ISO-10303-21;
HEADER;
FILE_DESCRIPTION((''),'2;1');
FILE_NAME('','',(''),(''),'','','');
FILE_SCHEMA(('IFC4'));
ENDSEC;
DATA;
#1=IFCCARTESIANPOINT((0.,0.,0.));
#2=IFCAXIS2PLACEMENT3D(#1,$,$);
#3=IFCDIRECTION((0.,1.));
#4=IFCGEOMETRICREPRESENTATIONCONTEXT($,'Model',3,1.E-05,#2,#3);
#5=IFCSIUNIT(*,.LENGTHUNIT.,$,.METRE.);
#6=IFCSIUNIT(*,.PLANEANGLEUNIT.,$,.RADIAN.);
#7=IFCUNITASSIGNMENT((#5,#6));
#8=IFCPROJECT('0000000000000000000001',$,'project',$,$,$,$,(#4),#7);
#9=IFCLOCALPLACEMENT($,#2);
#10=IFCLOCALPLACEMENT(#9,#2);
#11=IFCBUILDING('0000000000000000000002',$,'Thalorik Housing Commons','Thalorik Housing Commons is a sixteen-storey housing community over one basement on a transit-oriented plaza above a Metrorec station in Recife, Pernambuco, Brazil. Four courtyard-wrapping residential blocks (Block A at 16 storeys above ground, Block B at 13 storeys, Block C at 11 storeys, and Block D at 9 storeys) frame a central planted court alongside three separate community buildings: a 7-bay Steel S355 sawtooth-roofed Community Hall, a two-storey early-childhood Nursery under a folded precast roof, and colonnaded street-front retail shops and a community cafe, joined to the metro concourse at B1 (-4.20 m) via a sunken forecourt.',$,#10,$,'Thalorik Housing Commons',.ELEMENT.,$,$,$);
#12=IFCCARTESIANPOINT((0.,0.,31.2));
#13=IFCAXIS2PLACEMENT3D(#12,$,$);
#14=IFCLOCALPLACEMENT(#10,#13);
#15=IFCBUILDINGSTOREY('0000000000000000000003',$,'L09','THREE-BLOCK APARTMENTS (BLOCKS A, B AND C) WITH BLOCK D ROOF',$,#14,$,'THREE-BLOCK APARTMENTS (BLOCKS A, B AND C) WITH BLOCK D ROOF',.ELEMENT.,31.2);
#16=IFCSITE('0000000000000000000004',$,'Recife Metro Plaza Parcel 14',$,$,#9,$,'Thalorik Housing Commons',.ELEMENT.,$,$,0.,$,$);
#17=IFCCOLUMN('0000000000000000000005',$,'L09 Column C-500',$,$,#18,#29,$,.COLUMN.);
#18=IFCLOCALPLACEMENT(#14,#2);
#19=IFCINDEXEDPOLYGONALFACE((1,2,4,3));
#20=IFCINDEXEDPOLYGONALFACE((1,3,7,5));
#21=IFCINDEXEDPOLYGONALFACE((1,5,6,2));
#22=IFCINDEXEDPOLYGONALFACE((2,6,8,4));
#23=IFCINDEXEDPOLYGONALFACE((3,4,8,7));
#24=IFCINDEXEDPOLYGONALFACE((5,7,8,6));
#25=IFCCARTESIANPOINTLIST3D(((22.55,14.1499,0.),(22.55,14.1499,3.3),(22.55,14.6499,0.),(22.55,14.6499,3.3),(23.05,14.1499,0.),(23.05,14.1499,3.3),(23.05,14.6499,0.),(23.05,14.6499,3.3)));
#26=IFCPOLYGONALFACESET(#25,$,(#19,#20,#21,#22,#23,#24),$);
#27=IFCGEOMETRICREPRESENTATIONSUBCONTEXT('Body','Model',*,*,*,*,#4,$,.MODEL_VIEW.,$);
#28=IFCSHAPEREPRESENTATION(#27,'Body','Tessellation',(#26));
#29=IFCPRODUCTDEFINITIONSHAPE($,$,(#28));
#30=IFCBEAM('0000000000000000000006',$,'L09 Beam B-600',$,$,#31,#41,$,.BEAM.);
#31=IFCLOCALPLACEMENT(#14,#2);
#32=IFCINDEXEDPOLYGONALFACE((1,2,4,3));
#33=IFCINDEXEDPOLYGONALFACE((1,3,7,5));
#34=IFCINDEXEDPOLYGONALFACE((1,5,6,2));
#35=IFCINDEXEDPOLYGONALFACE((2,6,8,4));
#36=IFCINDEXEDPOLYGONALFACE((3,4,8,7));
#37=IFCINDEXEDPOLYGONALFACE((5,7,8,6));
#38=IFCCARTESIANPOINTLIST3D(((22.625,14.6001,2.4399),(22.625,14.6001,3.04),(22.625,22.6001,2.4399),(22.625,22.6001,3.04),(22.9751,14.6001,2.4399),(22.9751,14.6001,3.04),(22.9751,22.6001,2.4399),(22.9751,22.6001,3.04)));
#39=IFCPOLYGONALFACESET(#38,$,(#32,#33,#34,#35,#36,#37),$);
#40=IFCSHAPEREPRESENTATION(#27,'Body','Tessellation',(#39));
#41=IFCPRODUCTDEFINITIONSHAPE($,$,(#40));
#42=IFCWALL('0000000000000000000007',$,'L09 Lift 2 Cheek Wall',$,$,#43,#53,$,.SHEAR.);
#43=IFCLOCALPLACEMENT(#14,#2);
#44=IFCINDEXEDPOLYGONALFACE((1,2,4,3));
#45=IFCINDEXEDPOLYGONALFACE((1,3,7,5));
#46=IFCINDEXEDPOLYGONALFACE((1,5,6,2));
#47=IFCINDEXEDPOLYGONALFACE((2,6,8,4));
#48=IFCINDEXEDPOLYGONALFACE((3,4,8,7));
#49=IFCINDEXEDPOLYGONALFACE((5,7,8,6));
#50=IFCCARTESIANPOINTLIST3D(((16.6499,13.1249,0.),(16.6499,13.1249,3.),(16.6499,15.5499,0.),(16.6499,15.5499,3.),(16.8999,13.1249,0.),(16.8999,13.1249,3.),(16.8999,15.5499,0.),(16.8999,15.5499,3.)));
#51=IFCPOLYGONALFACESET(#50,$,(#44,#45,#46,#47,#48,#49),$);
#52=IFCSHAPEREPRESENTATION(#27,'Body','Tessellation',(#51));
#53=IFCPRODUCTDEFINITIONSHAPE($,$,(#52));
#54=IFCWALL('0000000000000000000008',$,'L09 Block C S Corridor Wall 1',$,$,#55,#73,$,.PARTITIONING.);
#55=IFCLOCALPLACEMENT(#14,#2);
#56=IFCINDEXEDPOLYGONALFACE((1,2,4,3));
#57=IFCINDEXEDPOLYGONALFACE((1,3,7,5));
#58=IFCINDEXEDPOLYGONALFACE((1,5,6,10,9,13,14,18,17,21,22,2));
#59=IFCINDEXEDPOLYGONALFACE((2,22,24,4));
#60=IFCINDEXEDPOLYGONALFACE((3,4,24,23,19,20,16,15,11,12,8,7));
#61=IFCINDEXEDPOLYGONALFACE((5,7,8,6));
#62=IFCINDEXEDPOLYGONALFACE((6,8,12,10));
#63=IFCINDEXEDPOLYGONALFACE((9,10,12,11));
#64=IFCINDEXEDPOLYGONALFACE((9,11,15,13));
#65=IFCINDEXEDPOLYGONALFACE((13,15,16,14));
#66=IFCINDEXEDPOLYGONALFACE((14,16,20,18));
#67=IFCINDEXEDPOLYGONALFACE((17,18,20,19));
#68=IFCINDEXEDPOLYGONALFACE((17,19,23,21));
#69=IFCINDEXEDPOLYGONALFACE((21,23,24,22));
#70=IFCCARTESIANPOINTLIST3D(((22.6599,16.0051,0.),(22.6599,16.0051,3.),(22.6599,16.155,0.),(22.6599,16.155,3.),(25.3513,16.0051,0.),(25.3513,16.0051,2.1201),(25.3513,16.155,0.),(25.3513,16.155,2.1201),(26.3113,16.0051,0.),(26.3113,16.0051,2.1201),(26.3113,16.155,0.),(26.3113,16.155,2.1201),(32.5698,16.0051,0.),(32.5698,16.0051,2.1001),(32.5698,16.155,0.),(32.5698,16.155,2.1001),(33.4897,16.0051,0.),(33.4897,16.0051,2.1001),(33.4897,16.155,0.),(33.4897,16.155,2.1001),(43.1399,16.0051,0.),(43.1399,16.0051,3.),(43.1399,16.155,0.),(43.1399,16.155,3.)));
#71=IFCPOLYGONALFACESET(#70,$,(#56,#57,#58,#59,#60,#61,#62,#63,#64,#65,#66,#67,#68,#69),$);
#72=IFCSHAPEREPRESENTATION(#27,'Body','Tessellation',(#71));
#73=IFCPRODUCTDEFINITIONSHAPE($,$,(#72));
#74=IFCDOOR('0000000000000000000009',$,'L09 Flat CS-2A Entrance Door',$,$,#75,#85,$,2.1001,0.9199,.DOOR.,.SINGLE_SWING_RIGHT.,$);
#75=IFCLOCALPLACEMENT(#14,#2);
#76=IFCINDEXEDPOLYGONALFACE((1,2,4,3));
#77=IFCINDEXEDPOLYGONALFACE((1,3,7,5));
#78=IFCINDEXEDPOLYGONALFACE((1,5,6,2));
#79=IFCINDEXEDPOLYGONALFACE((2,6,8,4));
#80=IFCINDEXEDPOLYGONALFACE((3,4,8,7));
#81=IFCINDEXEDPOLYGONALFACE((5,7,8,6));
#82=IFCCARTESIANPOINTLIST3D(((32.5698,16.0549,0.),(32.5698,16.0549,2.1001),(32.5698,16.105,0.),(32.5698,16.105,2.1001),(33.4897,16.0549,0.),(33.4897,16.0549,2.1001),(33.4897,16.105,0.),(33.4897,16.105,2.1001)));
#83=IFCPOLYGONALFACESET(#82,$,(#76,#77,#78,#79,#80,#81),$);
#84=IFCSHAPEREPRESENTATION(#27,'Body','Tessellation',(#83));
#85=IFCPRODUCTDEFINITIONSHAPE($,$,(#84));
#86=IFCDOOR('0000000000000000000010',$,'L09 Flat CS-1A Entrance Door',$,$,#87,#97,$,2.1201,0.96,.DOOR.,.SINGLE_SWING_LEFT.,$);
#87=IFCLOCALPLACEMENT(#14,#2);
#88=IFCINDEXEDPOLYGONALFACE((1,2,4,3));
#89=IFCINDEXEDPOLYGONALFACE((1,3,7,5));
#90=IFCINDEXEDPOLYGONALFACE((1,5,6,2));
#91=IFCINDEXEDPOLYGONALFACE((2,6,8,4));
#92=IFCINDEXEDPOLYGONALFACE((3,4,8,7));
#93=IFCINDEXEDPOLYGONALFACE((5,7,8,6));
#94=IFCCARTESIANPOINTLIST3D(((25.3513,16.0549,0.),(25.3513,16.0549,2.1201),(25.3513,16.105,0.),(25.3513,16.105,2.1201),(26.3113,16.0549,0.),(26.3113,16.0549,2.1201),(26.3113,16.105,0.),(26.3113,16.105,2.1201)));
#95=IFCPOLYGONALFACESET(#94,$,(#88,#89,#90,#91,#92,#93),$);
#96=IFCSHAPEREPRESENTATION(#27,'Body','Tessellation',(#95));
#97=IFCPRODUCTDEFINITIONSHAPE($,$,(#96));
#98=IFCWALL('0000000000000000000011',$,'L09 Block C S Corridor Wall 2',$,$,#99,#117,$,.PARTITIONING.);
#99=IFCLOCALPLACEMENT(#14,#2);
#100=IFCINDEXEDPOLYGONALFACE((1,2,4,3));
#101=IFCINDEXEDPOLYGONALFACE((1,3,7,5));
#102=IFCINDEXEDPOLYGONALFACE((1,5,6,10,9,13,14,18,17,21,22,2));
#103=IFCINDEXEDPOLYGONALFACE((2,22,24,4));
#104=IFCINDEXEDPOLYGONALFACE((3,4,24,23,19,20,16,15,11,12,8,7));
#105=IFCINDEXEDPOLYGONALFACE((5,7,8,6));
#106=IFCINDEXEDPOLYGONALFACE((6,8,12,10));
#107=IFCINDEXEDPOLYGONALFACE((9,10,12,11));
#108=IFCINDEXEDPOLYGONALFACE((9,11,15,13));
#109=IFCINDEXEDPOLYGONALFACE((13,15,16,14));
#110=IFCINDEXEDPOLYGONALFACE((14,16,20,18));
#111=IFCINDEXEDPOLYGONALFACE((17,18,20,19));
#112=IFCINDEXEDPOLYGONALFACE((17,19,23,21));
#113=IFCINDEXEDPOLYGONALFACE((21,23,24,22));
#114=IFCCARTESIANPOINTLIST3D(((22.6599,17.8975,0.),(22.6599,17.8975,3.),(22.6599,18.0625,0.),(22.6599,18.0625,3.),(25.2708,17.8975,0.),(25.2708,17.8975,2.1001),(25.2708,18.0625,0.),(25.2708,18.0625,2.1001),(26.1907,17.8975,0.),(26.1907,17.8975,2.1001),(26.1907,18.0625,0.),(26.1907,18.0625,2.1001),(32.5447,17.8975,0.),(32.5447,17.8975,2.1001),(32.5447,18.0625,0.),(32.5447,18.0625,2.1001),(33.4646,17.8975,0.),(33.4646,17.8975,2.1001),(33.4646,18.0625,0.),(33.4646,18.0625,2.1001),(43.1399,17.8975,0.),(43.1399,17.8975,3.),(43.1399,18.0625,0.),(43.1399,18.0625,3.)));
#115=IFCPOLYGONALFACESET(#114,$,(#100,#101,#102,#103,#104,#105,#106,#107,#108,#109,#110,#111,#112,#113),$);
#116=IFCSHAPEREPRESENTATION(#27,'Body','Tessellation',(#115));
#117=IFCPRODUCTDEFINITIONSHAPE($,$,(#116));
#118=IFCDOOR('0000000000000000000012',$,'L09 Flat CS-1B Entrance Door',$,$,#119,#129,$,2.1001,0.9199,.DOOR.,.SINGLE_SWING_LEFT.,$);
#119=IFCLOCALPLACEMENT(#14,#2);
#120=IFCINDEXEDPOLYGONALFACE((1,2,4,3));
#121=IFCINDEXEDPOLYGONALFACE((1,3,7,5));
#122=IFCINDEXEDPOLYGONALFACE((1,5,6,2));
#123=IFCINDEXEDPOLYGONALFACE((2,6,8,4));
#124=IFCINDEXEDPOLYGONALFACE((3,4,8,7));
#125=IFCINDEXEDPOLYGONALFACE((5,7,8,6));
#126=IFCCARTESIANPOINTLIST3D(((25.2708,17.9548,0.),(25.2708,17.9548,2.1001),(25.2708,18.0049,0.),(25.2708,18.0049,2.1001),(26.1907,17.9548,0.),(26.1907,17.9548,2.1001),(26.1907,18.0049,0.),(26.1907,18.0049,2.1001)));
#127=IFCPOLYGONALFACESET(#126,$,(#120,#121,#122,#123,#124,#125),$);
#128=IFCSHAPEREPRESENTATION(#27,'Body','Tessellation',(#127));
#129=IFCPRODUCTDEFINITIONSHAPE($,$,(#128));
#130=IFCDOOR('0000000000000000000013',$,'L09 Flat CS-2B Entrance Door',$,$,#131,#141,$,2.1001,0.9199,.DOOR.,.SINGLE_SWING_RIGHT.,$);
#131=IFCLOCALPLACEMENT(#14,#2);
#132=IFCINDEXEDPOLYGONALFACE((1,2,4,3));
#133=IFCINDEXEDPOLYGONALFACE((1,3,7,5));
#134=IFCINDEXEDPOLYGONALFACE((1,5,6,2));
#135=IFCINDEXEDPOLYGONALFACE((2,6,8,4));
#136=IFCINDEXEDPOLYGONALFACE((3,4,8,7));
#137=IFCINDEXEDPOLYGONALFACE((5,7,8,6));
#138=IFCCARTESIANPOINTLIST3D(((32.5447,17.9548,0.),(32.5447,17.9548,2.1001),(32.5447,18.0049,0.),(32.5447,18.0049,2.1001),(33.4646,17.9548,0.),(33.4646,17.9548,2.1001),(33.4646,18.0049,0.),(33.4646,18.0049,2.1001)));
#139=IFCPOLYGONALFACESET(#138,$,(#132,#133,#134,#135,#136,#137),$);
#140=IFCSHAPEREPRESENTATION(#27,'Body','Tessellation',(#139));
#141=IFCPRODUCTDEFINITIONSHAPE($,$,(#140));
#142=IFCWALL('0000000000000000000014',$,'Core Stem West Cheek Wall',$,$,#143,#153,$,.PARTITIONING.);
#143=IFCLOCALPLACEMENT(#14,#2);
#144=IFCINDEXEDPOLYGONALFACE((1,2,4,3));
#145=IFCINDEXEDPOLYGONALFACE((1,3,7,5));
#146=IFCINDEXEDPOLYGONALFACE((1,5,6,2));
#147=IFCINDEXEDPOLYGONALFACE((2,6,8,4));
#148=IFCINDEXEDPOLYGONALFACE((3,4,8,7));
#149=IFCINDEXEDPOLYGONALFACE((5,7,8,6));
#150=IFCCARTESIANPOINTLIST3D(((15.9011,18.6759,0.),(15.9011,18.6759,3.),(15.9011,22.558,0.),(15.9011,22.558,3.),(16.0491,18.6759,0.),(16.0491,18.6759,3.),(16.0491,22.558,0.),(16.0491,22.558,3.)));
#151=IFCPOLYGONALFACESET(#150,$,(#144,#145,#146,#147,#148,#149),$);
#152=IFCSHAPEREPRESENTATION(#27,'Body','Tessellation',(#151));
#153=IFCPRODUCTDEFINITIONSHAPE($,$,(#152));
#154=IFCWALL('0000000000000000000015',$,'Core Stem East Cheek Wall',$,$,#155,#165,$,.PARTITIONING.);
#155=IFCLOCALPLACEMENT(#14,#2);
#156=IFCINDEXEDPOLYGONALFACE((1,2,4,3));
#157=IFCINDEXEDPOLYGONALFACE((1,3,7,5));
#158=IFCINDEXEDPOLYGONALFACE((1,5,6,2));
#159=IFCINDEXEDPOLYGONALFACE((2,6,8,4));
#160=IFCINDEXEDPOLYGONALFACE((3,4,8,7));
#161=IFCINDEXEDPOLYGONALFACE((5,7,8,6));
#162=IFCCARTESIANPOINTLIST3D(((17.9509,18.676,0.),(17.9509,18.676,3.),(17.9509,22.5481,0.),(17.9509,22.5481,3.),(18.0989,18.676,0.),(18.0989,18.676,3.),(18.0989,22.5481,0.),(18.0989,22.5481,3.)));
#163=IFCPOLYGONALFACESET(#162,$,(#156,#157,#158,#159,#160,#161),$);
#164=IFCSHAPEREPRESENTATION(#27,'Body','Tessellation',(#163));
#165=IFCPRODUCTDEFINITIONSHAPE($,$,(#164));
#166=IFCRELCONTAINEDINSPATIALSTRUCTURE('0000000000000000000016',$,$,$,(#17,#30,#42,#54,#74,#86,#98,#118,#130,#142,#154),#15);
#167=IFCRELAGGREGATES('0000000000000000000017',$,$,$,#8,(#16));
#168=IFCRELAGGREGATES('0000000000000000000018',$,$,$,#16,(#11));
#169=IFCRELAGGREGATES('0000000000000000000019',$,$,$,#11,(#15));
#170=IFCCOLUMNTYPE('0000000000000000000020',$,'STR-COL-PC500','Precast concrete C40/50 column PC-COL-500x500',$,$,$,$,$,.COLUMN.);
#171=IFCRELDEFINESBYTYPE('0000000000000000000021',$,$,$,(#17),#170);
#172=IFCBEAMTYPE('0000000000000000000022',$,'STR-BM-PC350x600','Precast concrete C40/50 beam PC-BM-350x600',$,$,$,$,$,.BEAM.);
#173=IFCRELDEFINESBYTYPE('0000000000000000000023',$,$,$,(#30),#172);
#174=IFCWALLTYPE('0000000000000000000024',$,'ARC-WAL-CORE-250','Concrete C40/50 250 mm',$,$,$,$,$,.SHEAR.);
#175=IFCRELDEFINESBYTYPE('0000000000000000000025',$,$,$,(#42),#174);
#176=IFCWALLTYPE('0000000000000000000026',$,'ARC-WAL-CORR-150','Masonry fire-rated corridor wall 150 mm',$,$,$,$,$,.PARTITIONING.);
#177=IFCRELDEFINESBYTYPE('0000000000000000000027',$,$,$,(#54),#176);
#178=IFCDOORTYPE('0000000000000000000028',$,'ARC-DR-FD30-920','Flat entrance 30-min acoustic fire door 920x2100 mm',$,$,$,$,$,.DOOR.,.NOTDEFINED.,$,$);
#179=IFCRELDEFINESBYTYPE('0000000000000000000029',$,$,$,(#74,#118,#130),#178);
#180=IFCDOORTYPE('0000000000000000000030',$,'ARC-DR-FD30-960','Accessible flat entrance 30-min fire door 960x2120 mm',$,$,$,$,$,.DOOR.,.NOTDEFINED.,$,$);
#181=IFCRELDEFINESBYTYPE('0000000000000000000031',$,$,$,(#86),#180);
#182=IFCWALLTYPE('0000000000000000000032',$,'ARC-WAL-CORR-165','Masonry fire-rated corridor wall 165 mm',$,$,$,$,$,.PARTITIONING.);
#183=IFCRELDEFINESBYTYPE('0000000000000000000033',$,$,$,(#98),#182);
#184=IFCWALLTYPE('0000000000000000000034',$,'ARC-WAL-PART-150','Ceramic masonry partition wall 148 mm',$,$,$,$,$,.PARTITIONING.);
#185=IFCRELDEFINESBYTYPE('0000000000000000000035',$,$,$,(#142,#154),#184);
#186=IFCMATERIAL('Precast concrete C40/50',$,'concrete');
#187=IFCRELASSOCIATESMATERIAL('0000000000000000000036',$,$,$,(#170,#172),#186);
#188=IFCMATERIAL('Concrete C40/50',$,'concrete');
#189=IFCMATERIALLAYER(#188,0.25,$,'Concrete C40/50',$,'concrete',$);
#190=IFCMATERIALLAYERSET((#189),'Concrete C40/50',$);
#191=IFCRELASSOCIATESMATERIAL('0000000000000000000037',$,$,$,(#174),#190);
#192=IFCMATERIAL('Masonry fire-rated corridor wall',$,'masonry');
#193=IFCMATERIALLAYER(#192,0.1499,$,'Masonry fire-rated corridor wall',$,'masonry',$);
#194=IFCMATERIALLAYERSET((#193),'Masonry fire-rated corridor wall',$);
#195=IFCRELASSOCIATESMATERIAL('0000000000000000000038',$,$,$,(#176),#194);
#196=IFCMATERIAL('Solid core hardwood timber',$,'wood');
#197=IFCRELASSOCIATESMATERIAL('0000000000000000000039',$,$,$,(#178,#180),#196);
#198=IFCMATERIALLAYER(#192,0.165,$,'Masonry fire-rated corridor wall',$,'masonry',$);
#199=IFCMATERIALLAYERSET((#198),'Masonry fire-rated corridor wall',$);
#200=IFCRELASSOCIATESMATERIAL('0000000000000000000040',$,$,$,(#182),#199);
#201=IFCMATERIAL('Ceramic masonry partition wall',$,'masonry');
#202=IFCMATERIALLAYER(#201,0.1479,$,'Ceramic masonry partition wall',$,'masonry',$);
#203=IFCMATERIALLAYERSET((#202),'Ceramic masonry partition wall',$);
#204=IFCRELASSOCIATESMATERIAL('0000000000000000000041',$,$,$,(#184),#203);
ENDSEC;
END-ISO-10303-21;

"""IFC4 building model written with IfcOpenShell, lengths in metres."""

from ifc_helpers import new_model, si_unit, direction, frame, frame_2d, origin, origin_2d, place, context, subcontext, project, spatial, rectangle, extrude, material, layer, layer_set, material_profile, profile_set, type_object, element, fill, save


model = new_model("IFC4")

# Units and contexts
model_context = context("Model", 3, precision=1e-05, world=origin(), true_north=direction((0.0, 1.0)))
body_context = subcontext(model_context, "Body", "Model", "MODEL_VIEW")
ifc_project = project(units=[si_unit("LENGTHUNIT", "METRE"), si_unit("PLANEANGLEUNIT", "RADIAN")], contexts=[model_context])

# Site, building, storey
site_placement = place(None, origin())
site = spatial("IfcSite", under=ifc_project, at=site_placement, Name="Recife Metro Plaza Parcel 14", LongName="Thalorik Housing Commons", CompositionType="ELEMENT", RefElevation=0.0)
building_placement = place(site_placement, origin())
building = spatial("IfcBuilding", under=site, at=building_placement, Name="Thalorik Housing Commons", Description="Thalorik Housing Commons is a sixteen-storey housing community over one basement on a transit-oriented plaza above a Metrorec station in Recife, Pernambuco, Brazil. Four courtyard-wrapping residential blocks (Block A at 16 storeys above ground, Block B at 13 storeys, Block C at 11 storeys, and Block D at 9 storeys) frame a central planted court alongside three separate community buildings: a 7-bay Steel S355 sawtooth-roofed Community Hall, a two-storey early-childhood Nursery under a folded precast roof, and colonnaded street-front retail shops and a community cafe, joined to the metro concourse at B1 (-4.20 m) via a sunken forecourt.", LongName="Thalorik Housing Commons", CompositionType="ELEMENT")
storey_placement = place(building_placement, frame((0.0, 0.0, 31.2)))
storey = spatial("IfcBuildingStorey", under=building, at=storey_placement, Name="L09", Description="THREE-BLOCK APARTMENTS (BLOCKS A, B AND C) WITH BLOCK D ROOF", LongName="THREE-BLOCK APARTMENTS (BLOCKS A, B AND C) WITH BLOCK D ROOF", CompositionType="ELEMENT", Elevation=31.2)

# Column
ifc_material_1 = material(Name="Precast concrete C40/50", Category="concrete")
ifc_material_profile_1 = material_profile(ifc_material_1, rectangle(XDim=0.5, YDim=0.5, at=origin_2d()), Name="PC 500x500", Category="concrete")
ifc_profile_set_1 = profile_set([ifc_material_profile_1], Name="Precast concrete C40/50")
column_type = type_object("IfcColumnType", Name="STR-COL-PC500", Description="Precast concrete C40/50 column PC-COL-500x500", PredefinedType="COLUMN", material=ifc_profile_set_1)
column_placement = place(storey_placement, frame((22.8, 14.3999, 0.0), z_axis=(0.0, 0.0, 1.0), x_axis=(1.0, 0.0, 0.0)))
element("IfcColumn", 1, at=column_placement, inside=storey, type_object=column_type, Name="L09 Column C-500", PredefinedType="COLUMN", context=body_context, shape_type="SweptSolid", body=[
    extrude(rectangle(XDim=0.5, YDim=0.5, at=origin_2d()), origin(), (0.0, 0.0, 1.0), 3.3),
])

# Beam
ifc_material_profile_2 = material_profile(ifc_material_1, rectangle(XDim=0.3501, YDim=0.6001, at=origin_2d()), Name="PC 350x600", Category="concrete")
ifc_profile_set_2 = profile_set([ifc_material_profile_2], Name="Precast concrete C40/50")
beam_type = type_object("IfcBeamType", Name="STR-BM-PC350x600", Description="Precast concrete C40/50 beam PC-BM-350x600", PredefinedType="BEAM", material=ifc_profile_set_2)
beam_placement = place(storey_placement, frame((22.8, 14.6001, 2.74), z_axis=(0.0, 1.0, 0.0), x_axis=(-1.0, 0.0, 0.0)))
element("IfcBeam", 2, at=beam_placement, inside=storey, type_object=beam_type, Name="L09 Beam B-600", PredefinedType="BEAM", context=body_context, shape_type="SweptSolid", body=[
    extrude(rectangle(XDim=0.3501, YDim=0.6001, at=origin_2d()), origin(), (0.0, 0.0, 1.0), 8.0),
])

# Wall
ifc_material_2 = material(Name="Concrete C40/50", Category="concrete")
ifc_layer_1 = layer(ifc_material_2, 0.25, Name="Concrete C40/50", Category="concrete")
ifc_layer_set_1 = layer_set([ifc_layer_1], Name="Concrete C40/50")
wall_type_1 = type_object("IfcWallType", Name="ARC-WAL-CORE-250", Description="Concrete C40/50 250 mm", PredefinedType="SHEAR", material=ifc_layer_set_1)
wall_1_placement = place(storey_placement, frame((16.7749, 13.125, 0.0), z_axis=(0.0, 0.0, 1.0), x_axis=(0.0, 1.0, 0.0)))
element("IfcWall", 3, at=wall_1_placement, inside=storey, type_object=wall_type_1, Name="L09 Lift 2 Cheek Wall", PredefinedType="SHEAR", context=body_context, shape_type="SweptSolid", body=[
    extrude(rectangle(XDim=2.425, YDim=0.25, at=frame_2d((1.2124, 0.0))), origin(), (0.0, 0.0, 1.0), 3.0),
])

# Walls, openings, doors
ifc_material_3 = material(Name="Masonry fire-rated corridor wall", Category="masonry")
ifc_layer_2 = layer(ifc_material_3, 0.1499, Name="Masonry fire-rated corridor wall", Category="masonry")
ifc_layer_set_2 = layer_set([ifc_layer_2], Name="Masonry fire-rated corridor wall")
wall_type_2 = type_object("IfcWallType", Name="ARC-WAL-CORR-150", Description="Masonry fire-rated corridor wall 150 mm", PredefinedType="PARTITIONING", material=ifc_layer_set_2)
wall_2_placement = place(storey_placement, frame((22.6599, 16.0801, 0.0), z_axis=(0.0, 0.0, 1.0), x_axis=(1.0, 0.0, 0.0)))
wall_2 = element("IfcWall", 4, at=wall_2_placement, inside=storey, type_object=wall_type_2, Name="L09 Block C S Corridor Wall 1", PredefinedType="PARTITIONING", context=body_context, shape_type="SweptSolid", body=[
    extrude(rectangle(XDim=20.48, YDim=0.1499, at=frame_2d((10.24, 0.0))), origin(), (0.0, 0.0, 1.0), 3.0),
])
opening_1_placement = place(wall_2_placement, frame((2.6914, 0.0, 0.0)))
opening_1 = element("IfcOpeningElement", 5, at=opening_1_placement, cuts=wall_2, PredefinedType="OPENING", context=body_context, shape_type="SweptSolid", body=[
    extrude(rectangle(XDim=0.96, YDim=2.1201, at=frame_2d((0.48, 1.0601))), frame((0.0, 0.085, 0.0), z_axis=(0.0, -1.0, 0.0), x_axis=(1.0, 0.0, 0.0)), (0.0, 0.0, 1.0), 0.1699),
])
opening_2_placement = place(wall_2_placement, frame((9.9099, 0.0, 0.0)))
opening_2 = element("IfcOpeningElement", 6, at=opening_2_placement, cuts=wall_2, PredefinedType="OPENING", context=body_context, shape_type="SweptSolid", body=[
    extrude(rectangle(XDim=0.9199, YDim=2.1001, at=frame_2d((0.46, 1.05))), frame((0.0, 0.085, 0.0), z_axis=(0.0, -1.0, 0.0), x_axis=(1.0, 0.0, 0.0)), (0.0, 0.0, 1.0), 0.1699),
])
ifc_material_4 = material(Name="Solid core hardwood timber", Category="wood")
door_type_1 = type_object("IfcDoorType", Name="ARC-DR-FD30-920", Description="Flat entrance 30-min acoustic fire door 920x2100 mm", OperationType="NOTDEFINED", PredefinedType="DOOR", material=ifc_material_4)
door_1_placement = place(opening_2_placement, origin())
door_1 = element("IfcDoor", 7, at=door_1_placement, inside=storey, type_object=door_type_1, Name="L09 Flat CS-2A Entrance Door", OperationType="SINGLE_SWING_RIGHT", OverallHeight=2.1001, OverallWidth=0.9199, PredefinedType="DOOR", context=body_context, shape_type="SweptSolid", body=[
    extrude(rectangle(XDim=0.9199, YDim=2.1001, at=frame_2d((0.46, 1.05))), frame((0.0, 0.0249, 0.0), z_axis=(0.0, -1.0, 0.0), x_axis=(1.0, 0.0, 0.0)), (0.0, 0.0, 1.0), 0.05),
])
fill(opening_2, door_1)
door_type_2 = type_object("IfcDoorType", Name="ARC-DR-FD30-960", Description="Accessible flat entrance 30-min fire door 960x2120 mm", OperationType="NOTDEFINED", PredefinedType="DOOR", material=ifc_material_4)
door_2_placement = place(opening_1_placement, origin())
door_2 = element("IfcDoor", 8, at=door_2_placement, inside=storey, type_object=door_type_2, Name="L09 Flat CS-1A Entrance Door", OperationType="SINGLE_SWING_LEFT", OverallHeight=2.1201, OverallWidth=0.96, PredefinedType="DOOR", context=body_context, shape_type="SweptSolid", body=[
    extrude(rectangle(XDim=0.96, YDim=2.1201, at=frame_2d((0.48, 1.0601))), frame((0.0, 0.0249, 0.0), z_axis=(0.0, -1.0, 0.0), x_axis=(1.0, 0.0, 0.0)), (0.0, 0.0, 1.0), 0.05),
])
fill(opening_1, door_2)
ifc_layer_3 = layer(ifc_material_3, 0.165, Name="Masonry fire-rated corridor wall", Category="masonry")
ifc_layer_set_3 = layer_set([ifc_layer_3], Name="Masonry fire-rated corridor wall")
wall_type_3 = type_object("IfcWallType", Name="ARC-WAL-CORR-165", Description="Masonry fire-rated corridor wall 165 mm", PredefinedType="PARTITIONING", material=ifc_layer_set_3)
wall_3_placement = place(storey_placement, frame((22.6599, 17.98, 0.0), z_axis=(0.0, 0.0, 1.0), x_axis=(1.0, 0.0, 0.0)))
wall_3 = element("IfcWall", 9, at=wall_3_placement, inside=storey, type_object=wall_type_3, Name="L09 Block C S Corridor Wall 2", PredefinedType="PARTITIONING", context=body_context, shape_type="SweptSolid", body=[
    extrude(rectangle(XDim=20.48, YDim=0.165, at=frame_2d((10.24, 0.0))), origin(), (0.0, 0.0, 1.0), 3.0),
])
opening_3_placement = place(wall_3_placement, frame((2.6108, 0.0, 0.0)))
opening_3 = element("IfcOpeningElement", 10, at=opening_3_placement, cuts=wall_3, PredefinedType="OPENING", context=body_context, shape_type="SweptSolid", body=[
    extrude(rectangle(XDim=0.9199, YDim=2.1001, at=frame_2d((0.46, 1.05))), frame((0.0, 0.0925, 0.0), z_axis=(0.0, -1.0, 0.0), x_axis=(1.0, 0.0, 0.0)), (0.0, 0.0, 1.0), 0.1851),
])
opening_4_placement = place(wall_3_placement, frame((9.8848, 0.0, 0.0)))
opening_4 = element("IfcOpeningElement", 11, at=opening_4_placement, cuts=wall_3, PredefinedType="OPENING", context=body_context, shape_type="SweptSolid", body=[
    extrude(rectangle(XDim=0.9199, YDim=2.1001, at=frame_2d((0.46, 1.05))), frame((0.0, 0.0925, 0.0), z_axis=(0.0, -1.0, 0.0), x_axis=(1.0, 0.0, 0.0)), (0.0, 0.0, 1.0), 0.1851),
])
door_3_placement = place(opening_3_placement, origin())
door_3 = element("IfcDoor", 12, at=door_3_placement, inside=storey, type_object=door_type_1, Name="L09 Flat CS-1B Entrance Door", OperationType="SINGLE_SWING_LEFT", OverallHeight=2.1001, OverallWidth=0.9199, PredefinedType="DOOR", context=body_context, shape_type="SweptSolid", body=[
    extrude(rectangle(XDim=0.9199, YDim=2.1001, at=frame_2d((0.46, 1.05))), frame((0.0, 0.0249, 0.0), z_axis=(0.0, -1.0, 0.0), x_axis=(1.0, 0.0, 0.0)), (0.0, 0.0, 1.0), 0.05),
])
fill(opening_3, door_3)
door_4_placement = place(opening_4_placement, origin())
door_4 = element("IfcDoor", 13, at=door_4_placement, inside=storey, type_object=door_type_1, Name="L09 Flat CS-2B Entrance Door", OperationType="SINGLE_SWING_RIGHT", OverallHeight=2.1001, OverallWidth=0.9199, PredefinedType="DOOR", context=body_context, shape_type="SweptSolid", body=[
    extrude(rectangle(XDim=0.9199, YDim=2.1001, at=frame_2d((0.46, 1.05))), frame((0.0, 0.0249, 0.0), z_axis=(0.0, -1.0, 0.0), x_axis=(1.0, 0.0, 0.0)), (0.0, 0.0, 1.0), 0.05),
])
fill(opening_4, door_4)

# Walls
ifc_material_5 = material(Name="Ceramic masonry partition wall", Category="masonry")
ifc_layer_4 = layer(ifc_material_5, 0.1479, Name="Ceramic masonry partition wall", Category="masonry")
ifc_layer_set_4 = layer_set([ifc_layer_4], Name="Ceramic masonry partition wall")
wall_type_4 = type_object("IfcWallType", Name="ARC-WAL-PART-150", Description="Ceramic masonry partition wall 148 mm", PredefinedType="PARTITIONING", material=ifc_layer_set_4)
wall_4_placement = place(storey_placement, frame((15.9751, 18.676, 0.0), z_axis=(0.0, 0.0, 1.0), x_axis=(0.0, 1.0, 0.0)))
element("IfcWall", 14, at=wall_4_placement, inside=storey, type_object=wall_type_4, Name="Core Stem West Cheek Wall", PredefinedType="PARTITIONING", context=body_context, shape_type="SweptSolid", body=[
    extrude(rectangle(XDim=3.8821, YDim=0.1479, at=frame_2d((1.9409, 0.0))), origin(), (0.0, 0.0, 1.0), 3.0),
])
wall_5_placement = place(storey_placement, frame((18.0249, 18.676, 0.0), z_axis=(0.0, 0.0, 1.0), x_axis=(0.0, 1.0, 0.0)))
element("IfcWall", 15, at=wall_5_placement, inside=storey, type_object=wall_type_4, Name="Core Stem East Cheek Wall", PredefinedType="PARTITIONING", context=body_context, shape_type="SweptSolid", body=[
    extrude(rectangle(XDim=3.8721, YDim=0.1479, at=frame_2d((1.936, 0.0))), origin(), (0.0, 0.0, 1.0), 3.0),
])

save(model, "model.ifc")
